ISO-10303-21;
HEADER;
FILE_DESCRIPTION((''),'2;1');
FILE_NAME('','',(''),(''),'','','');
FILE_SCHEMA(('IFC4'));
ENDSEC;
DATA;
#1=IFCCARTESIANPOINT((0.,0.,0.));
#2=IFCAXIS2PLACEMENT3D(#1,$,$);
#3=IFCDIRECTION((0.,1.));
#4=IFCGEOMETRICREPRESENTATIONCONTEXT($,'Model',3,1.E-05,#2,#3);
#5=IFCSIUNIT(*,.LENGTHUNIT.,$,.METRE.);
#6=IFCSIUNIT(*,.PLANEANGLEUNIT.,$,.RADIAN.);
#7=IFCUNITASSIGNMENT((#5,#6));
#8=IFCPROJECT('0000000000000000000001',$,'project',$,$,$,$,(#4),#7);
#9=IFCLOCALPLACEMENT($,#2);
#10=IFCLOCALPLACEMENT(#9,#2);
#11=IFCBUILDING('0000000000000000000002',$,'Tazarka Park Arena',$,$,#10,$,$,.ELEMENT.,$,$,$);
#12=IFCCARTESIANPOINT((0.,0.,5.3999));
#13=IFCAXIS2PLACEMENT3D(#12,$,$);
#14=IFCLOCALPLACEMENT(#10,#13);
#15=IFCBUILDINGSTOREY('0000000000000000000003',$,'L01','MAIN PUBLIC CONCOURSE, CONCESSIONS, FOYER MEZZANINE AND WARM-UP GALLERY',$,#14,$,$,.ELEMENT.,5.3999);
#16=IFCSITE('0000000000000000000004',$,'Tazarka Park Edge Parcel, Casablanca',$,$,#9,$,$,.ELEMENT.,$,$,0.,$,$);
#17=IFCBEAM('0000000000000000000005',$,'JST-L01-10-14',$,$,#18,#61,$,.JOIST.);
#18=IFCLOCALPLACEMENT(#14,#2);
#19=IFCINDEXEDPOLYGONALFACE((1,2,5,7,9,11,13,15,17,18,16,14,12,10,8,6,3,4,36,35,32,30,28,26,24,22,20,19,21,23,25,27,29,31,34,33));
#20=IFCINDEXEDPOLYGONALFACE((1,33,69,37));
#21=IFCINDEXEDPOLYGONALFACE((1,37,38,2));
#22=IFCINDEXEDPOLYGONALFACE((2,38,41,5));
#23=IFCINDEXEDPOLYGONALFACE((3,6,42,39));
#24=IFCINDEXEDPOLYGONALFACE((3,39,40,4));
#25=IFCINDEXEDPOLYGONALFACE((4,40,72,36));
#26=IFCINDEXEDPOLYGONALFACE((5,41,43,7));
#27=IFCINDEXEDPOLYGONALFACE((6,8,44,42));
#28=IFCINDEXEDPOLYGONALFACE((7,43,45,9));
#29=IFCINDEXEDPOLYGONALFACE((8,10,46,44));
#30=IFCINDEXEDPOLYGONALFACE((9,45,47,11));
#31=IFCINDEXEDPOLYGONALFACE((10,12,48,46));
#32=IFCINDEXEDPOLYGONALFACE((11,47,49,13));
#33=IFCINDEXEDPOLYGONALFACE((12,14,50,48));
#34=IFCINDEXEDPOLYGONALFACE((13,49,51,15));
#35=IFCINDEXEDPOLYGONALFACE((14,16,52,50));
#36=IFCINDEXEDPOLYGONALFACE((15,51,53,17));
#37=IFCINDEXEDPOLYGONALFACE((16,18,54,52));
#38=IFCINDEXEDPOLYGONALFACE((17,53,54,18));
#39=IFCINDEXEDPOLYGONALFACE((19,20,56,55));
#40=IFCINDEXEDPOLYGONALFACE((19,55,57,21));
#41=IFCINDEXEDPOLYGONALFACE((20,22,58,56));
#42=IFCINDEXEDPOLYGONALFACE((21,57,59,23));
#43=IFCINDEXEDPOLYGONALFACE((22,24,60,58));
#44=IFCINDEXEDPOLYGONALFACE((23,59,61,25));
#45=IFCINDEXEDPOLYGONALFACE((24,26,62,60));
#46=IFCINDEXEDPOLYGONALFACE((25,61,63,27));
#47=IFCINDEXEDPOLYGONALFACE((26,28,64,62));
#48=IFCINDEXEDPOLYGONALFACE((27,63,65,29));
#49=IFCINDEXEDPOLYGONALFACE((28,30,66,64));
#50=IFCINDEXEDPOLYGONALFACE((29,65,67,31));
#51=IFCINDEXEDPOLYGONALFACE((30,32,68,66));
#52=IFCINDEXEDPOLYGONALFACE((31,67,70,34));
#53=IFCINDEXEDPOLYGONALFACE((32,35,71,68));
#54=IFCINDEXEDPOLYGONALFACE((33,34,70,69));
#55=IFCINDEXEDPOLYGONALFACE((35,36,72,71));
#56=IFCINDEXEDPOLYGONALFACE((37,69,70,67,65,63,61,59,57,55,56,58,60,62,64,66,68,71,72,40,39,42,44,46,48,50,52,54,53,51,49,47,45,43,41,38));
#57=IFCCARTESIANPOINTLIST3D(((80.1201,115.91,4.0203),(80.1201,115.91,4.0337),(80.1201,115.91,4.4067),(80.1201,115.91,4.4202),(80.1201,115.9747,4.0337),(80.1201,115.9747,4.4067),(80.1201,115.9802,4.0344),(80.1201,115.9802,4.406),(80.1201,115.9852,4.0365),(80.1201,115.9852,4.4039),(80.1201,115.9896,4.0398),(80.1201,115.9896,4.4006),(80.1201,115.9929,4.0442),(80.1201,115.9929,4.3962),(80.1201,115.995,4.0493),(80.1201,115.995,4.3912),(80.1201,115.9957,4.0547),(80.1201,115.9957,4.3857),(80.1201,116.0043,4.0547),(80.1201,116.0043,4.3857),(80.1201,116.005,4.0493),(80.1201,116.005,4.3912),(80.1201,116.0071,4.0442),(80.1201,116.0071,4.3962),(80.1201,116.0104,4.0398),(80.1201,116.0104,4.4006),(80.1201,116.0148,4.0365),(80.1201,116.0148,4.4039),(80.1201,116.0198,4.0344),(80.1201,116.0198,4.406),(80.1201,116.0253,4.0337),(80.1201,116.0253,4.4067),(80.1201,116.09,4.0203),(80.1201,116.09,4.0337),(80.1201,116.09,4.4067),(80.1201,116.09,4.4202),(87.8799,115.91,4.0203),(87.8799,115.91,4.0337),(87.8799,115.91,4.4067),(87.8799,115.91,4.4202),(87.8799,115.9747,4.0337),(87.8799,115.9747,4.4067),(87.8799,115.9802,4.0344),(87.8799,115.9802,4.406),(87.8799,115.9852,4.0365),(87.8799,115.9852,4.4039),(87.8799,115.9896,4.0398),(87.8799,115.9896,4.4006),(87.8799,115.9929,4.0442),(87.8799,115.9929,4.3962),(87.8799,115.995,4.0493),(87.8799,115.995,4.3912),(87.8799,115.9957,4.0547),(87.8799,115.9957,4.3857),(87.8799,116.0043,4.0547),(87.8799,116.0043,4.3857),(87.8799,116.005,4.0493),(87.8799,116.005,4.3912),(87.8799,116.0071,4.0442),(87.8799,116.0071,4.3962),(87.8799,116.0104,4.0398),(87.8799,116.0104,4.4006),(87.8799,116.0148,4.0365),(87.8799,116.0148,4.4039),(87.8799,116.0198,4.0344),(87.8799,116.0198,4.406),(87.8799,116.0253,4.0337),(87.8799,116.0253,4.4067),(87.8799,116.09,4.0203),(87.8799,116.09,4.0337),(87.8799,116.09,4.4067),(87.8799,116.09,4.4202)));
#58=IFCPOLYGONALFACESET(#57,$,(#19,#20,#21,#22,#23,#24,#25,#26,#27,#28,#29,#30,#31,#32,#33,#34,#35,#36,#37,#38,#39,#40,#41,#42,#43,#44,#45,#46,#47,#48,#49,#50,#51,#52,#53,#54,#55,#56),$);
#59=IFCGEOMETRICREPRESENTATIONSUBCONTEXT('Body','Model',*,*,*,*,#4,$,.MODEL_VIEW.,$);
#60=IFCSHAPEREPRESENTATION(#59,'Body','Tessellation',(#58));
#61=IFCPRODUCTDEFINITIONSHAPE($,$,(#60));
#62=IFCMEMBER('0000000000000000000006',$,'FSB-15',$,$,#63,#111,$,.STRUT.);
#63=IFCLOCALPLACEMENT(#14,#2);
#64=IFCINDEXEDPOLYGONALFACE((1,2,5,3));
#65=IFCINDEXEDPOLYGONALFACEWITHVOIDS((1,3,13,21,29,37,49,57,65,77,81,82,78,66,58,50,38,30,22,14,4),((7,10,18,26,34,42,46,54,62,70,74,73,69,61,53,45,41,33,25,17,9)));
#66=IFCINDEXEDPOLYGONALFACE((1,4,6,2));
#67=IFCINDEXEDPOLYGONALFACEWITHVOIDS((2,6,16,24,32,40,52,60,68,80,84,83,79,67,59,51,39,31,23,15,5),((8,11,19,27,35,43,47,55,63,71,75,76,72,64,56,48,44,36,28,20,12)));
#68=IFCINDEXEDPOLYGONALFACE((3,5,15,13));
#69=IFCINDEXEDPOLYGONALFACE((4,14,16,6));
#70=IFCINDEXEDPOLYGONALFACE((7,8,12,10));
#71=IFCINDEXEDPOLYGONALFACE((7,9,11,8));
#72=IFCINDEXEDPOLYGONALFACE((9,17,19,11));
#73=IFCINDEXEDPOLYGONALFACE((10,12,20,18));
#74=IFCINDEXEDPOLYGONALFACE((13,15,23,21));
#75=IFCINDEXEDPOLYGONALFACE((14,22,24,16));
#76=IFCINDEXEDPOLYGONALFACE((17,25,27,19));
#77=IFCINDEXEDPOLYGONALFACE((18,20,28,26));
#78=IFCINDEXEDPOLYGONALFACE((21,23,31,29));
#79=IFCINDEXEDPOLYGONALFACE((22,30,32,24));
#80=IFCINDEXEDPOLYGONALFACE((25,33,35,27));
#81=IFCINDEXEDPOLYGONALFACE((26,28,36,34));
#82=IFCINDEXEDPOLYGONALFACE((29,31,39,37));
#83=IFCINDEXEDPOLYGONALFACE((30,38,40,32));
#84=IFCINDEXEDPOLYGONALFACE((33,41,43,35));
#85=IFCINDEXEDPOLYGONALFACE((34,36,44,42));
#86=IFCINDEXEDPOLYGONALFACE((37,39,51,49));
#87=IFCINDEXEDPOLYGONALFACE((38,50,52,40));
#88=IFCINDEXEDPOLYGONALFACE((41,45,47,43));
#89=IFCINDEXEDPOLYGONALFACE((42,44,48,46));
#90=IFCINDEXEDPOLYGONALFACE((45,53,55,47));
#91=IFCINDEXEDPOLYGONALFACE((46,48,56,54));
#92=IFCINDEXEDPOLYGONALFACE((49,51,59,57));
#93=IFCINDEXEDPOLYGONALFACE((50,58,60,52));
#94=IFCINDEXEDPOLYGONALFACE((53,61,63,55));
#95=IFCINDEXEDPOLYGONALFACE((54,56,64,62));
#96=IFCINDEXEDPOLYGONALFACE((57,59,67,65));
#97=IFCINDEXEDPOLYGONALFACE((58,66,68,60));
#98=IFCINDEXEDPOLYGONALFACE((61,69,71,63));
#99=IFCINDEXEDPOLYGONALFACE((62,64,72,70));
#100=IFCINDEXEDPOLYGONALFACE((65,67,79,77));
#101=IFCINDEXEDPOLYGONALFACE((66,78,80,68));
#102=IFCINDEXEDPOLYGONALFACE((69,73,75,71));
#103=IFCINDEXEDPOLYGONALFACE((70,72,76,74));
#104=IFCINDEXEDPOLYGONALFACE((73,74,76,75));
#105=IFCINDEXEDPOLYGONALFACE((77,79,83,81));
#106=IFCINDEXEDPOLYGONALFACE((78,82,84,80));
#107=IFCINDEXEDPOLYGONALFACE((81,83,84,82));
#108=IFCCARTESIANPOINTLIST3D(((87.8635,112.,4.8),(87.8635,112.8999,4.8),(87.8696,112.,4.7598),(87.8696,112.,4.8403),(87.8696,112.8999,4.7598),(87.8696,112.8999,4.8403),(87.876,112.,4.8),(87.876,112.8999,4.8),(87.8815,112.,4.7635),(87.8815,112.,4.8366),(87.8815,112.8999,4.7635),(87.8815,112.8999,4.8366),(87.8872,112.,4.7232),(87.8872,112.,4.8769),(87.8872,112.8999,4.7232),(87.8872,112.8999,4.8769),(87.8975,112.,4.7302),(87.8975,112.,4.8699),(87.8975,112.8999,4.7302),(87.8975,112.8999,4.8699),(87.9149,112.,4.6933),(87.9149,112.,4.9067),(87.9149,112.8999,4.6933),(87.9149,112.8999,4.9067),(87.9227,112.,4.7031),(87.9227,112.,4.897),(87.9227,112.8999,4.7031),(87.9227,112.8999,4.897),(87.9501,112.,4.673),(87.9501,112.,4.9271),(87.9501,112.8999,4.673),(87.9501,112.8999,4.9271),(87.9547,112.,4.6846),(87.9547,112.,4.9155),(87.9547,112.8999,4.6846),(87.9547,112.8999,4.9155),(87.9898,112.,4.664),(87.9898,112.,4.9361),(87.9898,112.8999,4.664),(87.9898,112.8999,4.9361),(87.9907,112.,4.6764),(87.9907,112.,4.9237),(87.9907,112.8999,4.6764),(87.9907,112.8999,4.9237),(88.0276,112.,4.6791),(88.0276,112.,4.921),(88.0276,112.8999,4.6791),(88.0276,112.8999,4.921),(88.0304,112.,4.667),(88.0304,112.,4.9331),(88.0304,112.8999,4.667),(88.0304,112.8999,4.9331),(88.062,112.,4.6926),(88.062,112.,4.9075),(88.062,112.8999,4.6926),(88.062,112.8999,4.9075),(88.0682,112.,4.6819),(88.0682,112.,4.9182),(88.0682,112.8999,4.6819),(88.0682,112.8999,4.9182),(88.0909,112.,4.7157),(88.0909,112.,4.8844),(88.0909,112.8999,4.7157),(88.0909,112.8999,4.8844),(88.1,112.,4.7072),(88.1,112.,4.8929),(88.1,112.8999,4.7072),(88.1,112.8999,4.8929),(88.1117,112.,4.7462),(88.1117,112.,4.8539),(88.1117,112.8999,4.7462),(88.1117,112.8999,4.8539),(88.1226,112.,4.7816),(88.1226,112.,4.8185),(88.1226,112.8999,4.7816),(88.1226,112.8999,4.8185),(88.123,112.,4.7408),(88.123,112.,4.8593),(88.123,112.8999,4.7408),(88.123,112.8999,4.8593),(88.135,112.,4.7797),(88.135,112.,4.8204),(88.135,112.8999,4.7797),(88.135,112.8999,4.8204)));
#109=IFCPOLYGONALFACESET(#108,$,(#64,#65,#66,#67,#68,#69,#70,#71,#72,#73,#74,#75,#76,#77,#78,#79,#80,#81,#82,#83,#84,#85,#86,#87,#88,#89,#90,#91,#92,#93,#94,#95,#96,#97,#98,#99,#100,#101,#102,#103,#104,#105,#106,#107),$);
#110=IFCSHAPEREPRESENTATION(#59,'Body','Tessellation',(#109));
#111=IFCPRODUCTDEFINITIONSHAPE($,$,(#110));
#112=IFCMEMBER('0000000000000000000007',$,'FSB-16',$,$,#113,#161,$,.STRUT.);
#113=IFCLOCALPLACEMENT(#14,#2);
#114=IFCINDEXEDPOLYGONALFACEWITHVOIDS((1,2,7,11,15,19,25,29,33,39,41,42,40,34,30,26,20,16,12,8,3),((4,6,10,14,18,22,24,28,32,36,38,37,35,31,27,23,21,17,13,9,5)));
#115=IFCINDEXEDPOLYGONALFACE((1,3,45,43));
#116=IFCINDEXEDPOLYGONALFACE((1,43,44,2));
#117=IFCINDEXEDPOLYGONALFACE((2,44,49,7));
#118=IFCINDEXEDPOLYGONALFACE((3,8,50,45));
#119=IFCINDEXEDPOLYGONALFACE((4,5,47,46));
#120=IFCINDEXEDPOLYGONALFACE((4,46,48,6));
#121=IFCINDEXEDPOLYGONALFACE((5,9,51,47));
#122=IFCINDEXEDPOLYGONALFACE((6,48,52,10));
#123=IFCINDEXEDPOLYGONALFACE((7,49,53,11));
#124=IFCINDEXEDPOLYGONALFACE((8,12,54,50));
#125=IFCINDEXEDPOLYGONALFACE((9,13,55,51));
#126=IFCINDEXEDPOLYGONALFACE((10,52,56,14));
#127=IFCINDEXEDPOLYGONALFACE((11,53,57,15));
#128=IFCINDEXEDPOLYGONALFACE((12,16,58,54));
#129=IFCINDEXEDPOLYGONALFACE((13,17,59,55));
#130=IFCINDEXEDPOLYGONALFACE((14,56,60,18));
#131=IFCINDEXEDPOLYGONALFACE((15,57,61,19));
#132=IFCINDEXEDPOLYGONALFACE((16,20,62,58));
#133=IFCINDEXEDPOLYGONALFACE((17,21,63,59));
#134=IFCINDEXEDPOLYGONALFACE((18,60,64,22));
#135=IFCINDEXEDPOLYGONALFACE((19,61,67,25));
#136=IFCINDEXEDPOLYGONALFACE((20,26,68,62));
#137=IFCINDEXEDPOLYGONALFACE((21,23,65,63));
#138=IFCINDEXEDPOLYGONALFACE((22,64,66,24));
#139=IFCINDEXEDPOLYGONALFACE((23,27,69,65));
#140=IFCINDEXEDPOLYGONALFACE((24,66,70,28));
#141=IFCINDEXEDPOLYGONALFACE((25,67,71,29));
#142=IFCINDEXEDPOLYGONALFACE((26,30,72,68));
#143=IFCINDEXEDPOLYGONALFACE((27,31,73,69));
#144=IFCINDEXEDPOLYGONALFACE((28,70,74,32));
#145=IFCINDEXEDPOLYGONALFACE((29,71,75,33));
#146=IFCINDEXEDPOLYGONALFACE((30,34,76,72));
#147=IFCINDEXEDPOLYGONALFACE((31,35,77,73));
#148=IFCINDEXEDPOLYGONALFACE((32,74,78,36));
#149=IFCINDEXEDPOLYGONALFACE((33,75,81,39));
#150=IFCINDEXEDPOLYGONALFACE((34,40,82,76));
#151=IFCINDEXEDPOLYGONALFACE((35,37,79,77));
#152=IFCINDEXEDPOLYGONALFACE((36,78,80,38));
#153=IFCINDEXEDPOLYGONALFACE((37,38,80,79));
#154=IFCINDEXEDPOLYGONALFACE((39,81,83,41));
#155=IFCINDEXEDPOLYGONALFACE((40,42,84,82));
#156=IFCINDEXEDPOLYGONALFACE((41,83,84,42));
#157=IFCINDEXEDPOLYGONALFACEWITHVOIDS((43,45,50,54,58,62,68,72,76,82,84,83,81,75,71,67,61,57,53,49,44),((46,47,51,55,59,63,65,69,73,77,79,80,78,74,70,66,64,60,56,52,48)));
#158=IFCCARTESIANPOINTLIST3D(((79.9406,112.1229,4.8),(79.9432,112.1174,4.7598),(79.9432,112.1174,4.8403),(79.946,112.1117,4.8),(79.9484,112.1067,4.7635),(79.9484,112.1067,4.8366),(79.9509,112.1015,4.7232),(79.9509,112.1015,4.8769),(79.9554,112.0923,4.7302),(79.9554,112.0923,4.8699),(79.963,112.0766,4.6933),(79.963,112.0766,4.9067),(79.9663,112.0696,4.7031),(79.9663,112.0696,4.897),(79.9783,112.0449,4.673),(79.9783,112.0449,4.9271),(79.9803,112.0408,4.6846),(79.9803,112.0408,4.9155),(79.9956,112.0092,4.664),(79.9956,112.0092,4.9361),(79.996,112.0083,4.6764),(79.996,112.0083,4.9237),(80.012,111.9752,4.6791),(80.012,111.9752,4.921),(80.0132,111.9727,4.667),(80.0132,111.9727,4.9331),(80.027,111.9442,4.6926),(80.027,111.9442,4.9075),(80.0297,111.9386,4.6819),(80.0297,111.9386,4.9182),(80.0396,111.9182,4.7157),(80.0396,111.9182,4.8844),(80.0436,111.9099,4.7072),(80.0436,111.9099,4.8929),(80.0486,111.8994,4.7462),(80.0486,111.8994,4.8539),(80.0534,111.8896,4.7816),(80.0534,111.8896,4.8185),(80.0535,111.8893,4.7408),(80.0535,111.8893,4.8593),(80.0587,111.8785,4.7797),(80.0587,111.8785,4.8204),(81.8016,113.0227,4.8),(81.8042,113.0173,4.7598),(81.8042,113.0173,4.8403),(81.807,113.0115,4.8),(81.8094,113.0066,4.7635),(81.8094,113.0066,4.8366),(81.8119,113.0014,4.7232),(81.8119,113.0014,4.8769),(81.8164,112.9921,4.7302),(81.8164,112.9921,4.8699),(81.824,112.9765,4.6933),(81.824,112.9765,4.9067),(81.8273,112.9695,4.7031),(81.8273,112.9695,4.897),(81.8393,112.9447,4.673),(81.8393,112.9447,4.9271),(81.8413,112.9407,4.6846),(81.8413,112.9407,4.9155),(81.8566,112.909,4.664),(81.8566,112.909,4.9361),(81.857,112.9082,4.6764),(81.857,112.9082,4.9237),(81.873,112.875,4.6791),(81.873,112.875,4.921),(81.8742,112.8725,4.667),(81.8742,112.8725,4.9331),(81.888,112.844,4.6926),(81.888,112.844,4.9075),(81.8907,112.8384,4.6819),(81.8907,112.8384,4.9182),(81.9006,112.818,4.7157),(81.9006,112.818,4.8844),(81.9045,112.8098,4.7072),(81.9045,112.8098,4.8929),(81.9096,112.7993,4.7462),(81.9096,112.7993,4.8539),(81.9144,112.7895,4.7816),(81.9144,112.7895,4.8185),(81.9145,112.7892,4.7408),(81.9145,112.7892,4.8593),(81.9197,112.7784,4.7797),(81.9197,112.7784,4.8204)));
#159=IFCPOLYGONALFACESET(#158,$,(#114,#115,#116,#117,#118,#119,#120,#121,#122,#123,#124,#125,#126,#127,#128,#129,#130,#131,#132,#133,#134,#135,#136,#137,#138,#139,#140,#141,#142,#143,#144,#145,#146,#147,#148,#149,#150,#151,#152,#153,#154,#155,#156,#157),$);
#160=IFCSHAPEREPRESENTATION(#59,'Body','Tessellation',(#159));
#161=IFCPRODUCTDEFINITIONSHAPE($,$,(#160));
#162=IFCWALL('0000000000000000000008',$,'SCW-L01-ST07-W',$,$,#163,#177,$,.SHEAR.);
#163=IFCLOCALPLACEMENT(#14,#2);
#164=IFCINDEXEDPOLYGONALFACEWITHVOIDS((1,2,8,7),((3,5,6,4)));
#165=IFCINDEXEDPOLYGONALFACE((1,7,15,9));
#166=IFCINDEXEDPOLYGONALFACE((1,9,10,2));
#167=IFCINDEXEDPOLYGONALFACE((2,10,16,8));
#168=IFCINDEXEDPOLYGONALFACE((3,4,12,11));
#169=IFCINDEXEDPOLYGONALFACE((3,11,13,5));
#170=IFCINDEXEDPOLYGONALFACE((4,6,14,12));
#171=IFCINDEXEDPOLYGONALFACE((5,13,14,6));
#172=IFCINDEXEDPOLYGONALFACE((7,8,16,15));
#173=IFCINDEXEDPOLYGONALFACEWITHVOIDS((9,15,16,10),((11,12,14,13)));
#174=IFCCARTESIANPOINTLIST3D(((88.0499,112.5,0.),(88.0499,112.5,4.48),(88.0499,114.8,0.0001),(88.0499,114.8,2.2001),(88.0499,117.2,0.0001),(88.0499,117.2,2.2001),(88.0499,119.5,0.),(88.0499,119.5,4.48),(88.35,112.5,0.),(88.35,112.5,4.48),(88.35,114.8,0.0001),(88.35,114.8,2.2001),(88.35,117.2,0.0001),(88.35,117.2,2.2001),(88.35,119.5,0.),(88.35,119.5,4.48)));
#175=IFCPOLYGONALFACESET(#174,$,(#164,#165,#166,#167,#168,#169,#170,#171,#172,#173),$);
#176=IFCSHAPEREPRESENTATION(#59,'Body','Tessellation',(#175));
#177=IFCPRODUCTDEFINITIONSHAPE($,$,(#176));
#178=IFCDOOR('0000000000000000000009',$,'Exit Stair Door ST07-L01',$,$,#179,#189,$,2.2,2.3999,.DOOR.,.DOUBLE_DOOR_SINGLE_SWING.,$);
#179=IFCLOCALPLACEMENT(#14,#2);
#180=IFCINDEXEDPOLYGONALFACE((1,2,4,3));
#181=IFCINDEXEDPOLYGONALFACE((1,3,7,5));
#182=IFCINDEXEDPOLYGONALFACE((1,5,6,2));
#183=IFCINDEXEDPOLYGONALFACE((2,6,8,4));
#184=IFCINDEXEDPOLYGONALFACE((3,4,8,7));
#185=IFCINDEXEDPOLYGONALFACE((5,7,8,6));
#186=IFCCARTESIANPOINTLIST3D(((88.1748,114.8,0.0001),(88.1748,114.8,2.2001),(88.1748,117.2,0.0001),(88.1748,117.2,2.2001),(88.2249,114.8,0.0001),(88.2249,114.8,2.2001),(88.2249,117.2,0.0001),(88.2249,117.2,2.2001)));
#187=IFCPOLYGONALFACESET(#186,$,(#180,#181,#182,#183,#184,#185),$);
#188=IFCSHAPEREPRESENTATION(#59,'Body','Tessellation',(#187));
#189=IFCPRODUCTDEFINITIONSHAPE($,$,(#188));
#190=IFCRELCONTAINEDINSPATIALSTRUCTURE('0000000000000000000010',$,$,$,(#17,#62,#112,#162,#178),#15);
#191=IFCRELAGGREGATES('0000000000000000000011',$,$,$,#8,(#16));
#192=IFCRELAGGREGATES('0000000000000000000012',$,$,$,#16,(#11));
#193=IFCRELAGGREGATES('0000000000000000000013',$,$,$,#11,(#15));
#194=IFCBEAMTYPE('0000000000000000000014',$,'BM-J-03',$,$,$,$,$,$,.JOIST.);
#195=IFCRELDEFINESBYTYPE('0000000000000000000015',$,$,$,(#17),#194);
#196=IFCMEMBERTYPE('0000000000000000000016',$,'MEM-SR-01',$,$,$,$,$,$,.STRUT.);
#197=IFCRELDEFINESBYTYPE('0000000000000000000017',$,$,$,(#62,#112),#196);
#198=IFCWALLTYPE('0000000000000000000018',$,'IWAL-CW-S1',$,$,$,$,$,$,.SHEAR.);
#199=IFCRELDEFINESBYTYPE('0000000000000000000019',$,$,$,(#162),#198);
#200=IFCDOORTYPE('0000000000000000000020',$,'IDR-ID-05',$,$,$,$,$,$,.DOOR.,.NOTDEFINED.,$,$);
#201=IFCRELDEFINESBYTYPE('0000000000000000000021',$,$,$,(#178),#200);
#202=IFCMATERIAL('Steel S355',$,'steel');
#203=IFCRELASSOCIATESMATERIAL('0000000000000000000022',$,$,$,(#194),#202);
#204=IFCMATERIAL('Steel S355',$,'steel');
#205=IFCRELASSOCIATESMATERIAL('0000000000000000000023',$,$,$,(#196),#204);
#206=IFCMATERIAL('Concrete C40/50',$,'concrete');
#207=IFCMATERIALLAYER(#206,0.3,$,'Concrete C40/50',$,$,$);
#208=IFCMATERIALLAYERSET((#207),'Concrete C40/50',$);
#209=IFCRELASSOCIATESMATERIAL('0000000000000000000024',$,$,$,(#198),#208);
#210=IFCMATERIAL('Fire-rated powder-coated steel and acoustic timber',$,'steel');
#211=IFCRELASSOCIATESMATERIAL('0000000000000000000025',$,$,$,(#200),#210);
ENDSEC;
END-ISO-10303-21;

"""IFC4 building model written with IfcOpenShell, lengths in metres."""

from ifc_helpers import new_model, si_unit, direction, frame, frame_2d, origin, origin_2d, place, context, subcontext, project, spatial, rectangle, hollow_circle, i_section, extrude, material, layer, layer_set, material_profile, profile_set, type_object, element, fill, save


model = new_model("IFC4")

# Units and contexts
model_context = context("Model", 3, precision=1e-05, world=origin(), true_north=direction((0.0, 1.0)))
body_context = subcontext(model_context, "Body", "Model", "MODEL_VIEW")
ifc_project = project(units=[si_unit("LENGTHUNIT", "METRE"), si_unit("PLANEANGLEUNIT", "RADIAN")], contexts=[model_context])

# Site, building, storey
site_placement = place(None, origin())
site = spatial("IfcSite", under=ifc_project, at=site_placement, Name="Tazarka Park Edge Parcel, Casablanca", CompositionType="ELEMENT", RefElevation=0.0)
building_placement = place(site_placement, origin())
building = spatial("IfcBuilding", under=site, at=building_placement, Name="Tazarka Park Arena", CompositionType="ELEMENT")
storey_placement = place(building_placement, frame((0.0, 0.0, 5.3999)))
storey = spatial("IfcBuildingStorey", under=building, at=storey_placement, Name="L01", Description="MAIN PUBLIC CONCOURSE, CONCESSIONS, FOYER MEZZANINE AND WARM-UP GALLERY", CompositionType="ELEMENT", Elevation=5.3999)

# Beam
ifc_material_1 = material(Name="Steel S355", Category="steel")
ifc_material_profile_1 = material_profile(ifc_material_1, i_section(OverallWidth=0.1799, OverallDepth=0.3999, WebThickness=0.0085, FlangeThickness=0.0134, FilletRadius=0.021, at=origin_2d()), Name="Steel S355")
ifc_profile_set_1 = profile_set([ifc_material_profile_1], Name="Steel S355")
beam_type_1 = type_object("IfcBeamType", Name="BM-J-03", PredefinedType="JOIST", material=ifc_profile_set_1)
for number, where, z_axis, x_axis, name in (
    (1, (80.1201, 116.0, 4.2202), (1.0, 0.0, 0.0), (0.0, 1.0, 0.0), "JST-L01-10-14"),
):
    element("IfcBeam", number, at=place(storey_placement, frame(where, z_axis=z_axis, x_axis=x_axis)), inside=storey, type_object=beam_type_1, Name=name, PredefinedType="JOIST", context=body_context, shape_type="SweptSolid", body=[
        extrude(i_section(OverallWidth=0.1799, OverallDepth=0.3999, WebThickness=0.0085, FlangeThickness=0.0134, FilletRadius=0.021, at=origin_2d()), origin(), (0.0, 0.0, 1.0), 7.7598),
    ])

# Members
ifc_material_2 = material(Name="Steel S355", Category="steel")
ifc_material_profile_2 = material_profile(ifc_material_2, hollow_circle(Radius=0.1365, WallThickness=0.0125, at=origin_2d()), Name="Steel S355")
ifc_profile_set_2 = profile_set([ifc_material_profile_2], Name="Steel S355")
member_type = type_object("IfcMemberType", Name="MEM-SR-01", PredefinedType="STRUT", material=ifc_profile_set_2)
member_1_placement = place(storey_placement, frame((88.0, 112.0, 4.8), z_axis=(0.0, 1.0, 0.0), x_axis=(-1.0, 0.0, 0.0)))
element("IfcMember", 2, at=member_1_placement, inside=storey, type_object=member_type, Name="FSB-15", PredefinedType="STRUT", context=body_context, shape_type="SweptSolid", body=[
    extrude(hollow_circle(Radius=0.1365, WallThickness=0.0125, at=origin_2d()), origin(), (0.0, 0.0, 1.0), 0.8999),
])
member_2_placement = place(storey_placement, frame((80.0, 112.0, 4.8), z_axis=(0.900277, 0.435317, 0.0), x_axis=(-0.435317, 0.900277, 0.0)))
element("IfcMember", 3, at=member_2_placement, inside=storey, type_object=member_type, Name="FSB-16", PredefinedType="STRUT", context=body_context, shape_type="SweptSolid", body=[
    extrude(hollow_circle(Radius=0.1365, WallThickness=0.0125, at=origin_2d()), origin(), (0.0, 0.0, 1.0), 2.0671),
])

# Wall, opening, door
ifc_material_3 = material(Name="Concrete C40/50", Category="concrete")
ifc_layer = layer(ifc_material_3, 0.3, Name="Concrete C40/50")
ifc_layer_set = layer_set([ifc_layer], Name="Concrete C40/50")
wall_type = type_object("IfcWallType", Name="IWAL-CW-S1", PredefinedType="SHEAR", material=ifc_layer_set)
wall_1_placement = place(storey_placement, frame((88.2, 112.5, 0.0), z_axis=(0.0, 0.0, 1.0), x_axis=(0.0, 1.0, 0.0)))
wall_1 = element("IfcWall", 4, at=wall_1_placement, inside=storey, type_object=wall_type, Name="SCW-L01-ST07-W", PredefinedType="SHEAR", context=body_context, shape_type="SweptSolid", body=[
    extrude(rectangle(XDim=7.0, YDim=0.3, at=frame_2d((3.5, 0.0))), origin(), (0.0, 0.0, 1.0), 4.48),
])
opening_placement = place(wall_1_placement, frame((2.3, 0.0, 0.0)))
opening = element("IfcOpeningElement", 5, at=opening_placement, cuts=wall_1, PredefinedType="OPENING", context=body_context, shape_type="SweptSolid", body=[
    extrude(rectangle(XDim=2.3999, YDim=2.2, at=frame_2d((1.2, 1.1001))), frame((0.0, 0.1602, 0.0), z_axis=(0.0, -1.0, 0.0), x_axis=(1.0, 0.0, 0.0)), (0.0, 0.0, 1.0), 0.3201),
])
ifc_material_4 = material(Name="Fire-rated powder-coated steel and acoustic timber", Category="steel")
door_type = type_object("IfcDoorType", Name="IDR-ID-05", OperationType="NOTDEFINED", PredefinedType="DOOR", material=ifc_material_4)
door_placement = place(opening_placement, frame((2.3999, 0.0, 0.0), z_axis=(0.0, 0.0, 1.0), x_axis=(-1.0, 0.0, 0.0)))
door = element("IfcDoor", 6, at=door_placement, inside=storey, type_object=door_type, Name="Exit Stair Door ST07-L01", OperationType="DOUBLE_DOOR_SINGLE_SWING", OverallHeight=2.2, OverallWidth=2.3999, PredefinedType="DOOR", context=body_context, shape_type="SweptSolid", body=[
    extrude(rectangle(XDim=2.3999, YDim=2.2, at=frame_2d((1.2, 1.1001))), frame((0.0, 0.0249, 0.0), z_axis=(0.0, -1.0, 0.0), x_axis=(1.0, 0.0, 0.0)), (0.0, 0.0, 1.0), 0.05),
])
fill(opening, door)

save(model, "model.ifc")
